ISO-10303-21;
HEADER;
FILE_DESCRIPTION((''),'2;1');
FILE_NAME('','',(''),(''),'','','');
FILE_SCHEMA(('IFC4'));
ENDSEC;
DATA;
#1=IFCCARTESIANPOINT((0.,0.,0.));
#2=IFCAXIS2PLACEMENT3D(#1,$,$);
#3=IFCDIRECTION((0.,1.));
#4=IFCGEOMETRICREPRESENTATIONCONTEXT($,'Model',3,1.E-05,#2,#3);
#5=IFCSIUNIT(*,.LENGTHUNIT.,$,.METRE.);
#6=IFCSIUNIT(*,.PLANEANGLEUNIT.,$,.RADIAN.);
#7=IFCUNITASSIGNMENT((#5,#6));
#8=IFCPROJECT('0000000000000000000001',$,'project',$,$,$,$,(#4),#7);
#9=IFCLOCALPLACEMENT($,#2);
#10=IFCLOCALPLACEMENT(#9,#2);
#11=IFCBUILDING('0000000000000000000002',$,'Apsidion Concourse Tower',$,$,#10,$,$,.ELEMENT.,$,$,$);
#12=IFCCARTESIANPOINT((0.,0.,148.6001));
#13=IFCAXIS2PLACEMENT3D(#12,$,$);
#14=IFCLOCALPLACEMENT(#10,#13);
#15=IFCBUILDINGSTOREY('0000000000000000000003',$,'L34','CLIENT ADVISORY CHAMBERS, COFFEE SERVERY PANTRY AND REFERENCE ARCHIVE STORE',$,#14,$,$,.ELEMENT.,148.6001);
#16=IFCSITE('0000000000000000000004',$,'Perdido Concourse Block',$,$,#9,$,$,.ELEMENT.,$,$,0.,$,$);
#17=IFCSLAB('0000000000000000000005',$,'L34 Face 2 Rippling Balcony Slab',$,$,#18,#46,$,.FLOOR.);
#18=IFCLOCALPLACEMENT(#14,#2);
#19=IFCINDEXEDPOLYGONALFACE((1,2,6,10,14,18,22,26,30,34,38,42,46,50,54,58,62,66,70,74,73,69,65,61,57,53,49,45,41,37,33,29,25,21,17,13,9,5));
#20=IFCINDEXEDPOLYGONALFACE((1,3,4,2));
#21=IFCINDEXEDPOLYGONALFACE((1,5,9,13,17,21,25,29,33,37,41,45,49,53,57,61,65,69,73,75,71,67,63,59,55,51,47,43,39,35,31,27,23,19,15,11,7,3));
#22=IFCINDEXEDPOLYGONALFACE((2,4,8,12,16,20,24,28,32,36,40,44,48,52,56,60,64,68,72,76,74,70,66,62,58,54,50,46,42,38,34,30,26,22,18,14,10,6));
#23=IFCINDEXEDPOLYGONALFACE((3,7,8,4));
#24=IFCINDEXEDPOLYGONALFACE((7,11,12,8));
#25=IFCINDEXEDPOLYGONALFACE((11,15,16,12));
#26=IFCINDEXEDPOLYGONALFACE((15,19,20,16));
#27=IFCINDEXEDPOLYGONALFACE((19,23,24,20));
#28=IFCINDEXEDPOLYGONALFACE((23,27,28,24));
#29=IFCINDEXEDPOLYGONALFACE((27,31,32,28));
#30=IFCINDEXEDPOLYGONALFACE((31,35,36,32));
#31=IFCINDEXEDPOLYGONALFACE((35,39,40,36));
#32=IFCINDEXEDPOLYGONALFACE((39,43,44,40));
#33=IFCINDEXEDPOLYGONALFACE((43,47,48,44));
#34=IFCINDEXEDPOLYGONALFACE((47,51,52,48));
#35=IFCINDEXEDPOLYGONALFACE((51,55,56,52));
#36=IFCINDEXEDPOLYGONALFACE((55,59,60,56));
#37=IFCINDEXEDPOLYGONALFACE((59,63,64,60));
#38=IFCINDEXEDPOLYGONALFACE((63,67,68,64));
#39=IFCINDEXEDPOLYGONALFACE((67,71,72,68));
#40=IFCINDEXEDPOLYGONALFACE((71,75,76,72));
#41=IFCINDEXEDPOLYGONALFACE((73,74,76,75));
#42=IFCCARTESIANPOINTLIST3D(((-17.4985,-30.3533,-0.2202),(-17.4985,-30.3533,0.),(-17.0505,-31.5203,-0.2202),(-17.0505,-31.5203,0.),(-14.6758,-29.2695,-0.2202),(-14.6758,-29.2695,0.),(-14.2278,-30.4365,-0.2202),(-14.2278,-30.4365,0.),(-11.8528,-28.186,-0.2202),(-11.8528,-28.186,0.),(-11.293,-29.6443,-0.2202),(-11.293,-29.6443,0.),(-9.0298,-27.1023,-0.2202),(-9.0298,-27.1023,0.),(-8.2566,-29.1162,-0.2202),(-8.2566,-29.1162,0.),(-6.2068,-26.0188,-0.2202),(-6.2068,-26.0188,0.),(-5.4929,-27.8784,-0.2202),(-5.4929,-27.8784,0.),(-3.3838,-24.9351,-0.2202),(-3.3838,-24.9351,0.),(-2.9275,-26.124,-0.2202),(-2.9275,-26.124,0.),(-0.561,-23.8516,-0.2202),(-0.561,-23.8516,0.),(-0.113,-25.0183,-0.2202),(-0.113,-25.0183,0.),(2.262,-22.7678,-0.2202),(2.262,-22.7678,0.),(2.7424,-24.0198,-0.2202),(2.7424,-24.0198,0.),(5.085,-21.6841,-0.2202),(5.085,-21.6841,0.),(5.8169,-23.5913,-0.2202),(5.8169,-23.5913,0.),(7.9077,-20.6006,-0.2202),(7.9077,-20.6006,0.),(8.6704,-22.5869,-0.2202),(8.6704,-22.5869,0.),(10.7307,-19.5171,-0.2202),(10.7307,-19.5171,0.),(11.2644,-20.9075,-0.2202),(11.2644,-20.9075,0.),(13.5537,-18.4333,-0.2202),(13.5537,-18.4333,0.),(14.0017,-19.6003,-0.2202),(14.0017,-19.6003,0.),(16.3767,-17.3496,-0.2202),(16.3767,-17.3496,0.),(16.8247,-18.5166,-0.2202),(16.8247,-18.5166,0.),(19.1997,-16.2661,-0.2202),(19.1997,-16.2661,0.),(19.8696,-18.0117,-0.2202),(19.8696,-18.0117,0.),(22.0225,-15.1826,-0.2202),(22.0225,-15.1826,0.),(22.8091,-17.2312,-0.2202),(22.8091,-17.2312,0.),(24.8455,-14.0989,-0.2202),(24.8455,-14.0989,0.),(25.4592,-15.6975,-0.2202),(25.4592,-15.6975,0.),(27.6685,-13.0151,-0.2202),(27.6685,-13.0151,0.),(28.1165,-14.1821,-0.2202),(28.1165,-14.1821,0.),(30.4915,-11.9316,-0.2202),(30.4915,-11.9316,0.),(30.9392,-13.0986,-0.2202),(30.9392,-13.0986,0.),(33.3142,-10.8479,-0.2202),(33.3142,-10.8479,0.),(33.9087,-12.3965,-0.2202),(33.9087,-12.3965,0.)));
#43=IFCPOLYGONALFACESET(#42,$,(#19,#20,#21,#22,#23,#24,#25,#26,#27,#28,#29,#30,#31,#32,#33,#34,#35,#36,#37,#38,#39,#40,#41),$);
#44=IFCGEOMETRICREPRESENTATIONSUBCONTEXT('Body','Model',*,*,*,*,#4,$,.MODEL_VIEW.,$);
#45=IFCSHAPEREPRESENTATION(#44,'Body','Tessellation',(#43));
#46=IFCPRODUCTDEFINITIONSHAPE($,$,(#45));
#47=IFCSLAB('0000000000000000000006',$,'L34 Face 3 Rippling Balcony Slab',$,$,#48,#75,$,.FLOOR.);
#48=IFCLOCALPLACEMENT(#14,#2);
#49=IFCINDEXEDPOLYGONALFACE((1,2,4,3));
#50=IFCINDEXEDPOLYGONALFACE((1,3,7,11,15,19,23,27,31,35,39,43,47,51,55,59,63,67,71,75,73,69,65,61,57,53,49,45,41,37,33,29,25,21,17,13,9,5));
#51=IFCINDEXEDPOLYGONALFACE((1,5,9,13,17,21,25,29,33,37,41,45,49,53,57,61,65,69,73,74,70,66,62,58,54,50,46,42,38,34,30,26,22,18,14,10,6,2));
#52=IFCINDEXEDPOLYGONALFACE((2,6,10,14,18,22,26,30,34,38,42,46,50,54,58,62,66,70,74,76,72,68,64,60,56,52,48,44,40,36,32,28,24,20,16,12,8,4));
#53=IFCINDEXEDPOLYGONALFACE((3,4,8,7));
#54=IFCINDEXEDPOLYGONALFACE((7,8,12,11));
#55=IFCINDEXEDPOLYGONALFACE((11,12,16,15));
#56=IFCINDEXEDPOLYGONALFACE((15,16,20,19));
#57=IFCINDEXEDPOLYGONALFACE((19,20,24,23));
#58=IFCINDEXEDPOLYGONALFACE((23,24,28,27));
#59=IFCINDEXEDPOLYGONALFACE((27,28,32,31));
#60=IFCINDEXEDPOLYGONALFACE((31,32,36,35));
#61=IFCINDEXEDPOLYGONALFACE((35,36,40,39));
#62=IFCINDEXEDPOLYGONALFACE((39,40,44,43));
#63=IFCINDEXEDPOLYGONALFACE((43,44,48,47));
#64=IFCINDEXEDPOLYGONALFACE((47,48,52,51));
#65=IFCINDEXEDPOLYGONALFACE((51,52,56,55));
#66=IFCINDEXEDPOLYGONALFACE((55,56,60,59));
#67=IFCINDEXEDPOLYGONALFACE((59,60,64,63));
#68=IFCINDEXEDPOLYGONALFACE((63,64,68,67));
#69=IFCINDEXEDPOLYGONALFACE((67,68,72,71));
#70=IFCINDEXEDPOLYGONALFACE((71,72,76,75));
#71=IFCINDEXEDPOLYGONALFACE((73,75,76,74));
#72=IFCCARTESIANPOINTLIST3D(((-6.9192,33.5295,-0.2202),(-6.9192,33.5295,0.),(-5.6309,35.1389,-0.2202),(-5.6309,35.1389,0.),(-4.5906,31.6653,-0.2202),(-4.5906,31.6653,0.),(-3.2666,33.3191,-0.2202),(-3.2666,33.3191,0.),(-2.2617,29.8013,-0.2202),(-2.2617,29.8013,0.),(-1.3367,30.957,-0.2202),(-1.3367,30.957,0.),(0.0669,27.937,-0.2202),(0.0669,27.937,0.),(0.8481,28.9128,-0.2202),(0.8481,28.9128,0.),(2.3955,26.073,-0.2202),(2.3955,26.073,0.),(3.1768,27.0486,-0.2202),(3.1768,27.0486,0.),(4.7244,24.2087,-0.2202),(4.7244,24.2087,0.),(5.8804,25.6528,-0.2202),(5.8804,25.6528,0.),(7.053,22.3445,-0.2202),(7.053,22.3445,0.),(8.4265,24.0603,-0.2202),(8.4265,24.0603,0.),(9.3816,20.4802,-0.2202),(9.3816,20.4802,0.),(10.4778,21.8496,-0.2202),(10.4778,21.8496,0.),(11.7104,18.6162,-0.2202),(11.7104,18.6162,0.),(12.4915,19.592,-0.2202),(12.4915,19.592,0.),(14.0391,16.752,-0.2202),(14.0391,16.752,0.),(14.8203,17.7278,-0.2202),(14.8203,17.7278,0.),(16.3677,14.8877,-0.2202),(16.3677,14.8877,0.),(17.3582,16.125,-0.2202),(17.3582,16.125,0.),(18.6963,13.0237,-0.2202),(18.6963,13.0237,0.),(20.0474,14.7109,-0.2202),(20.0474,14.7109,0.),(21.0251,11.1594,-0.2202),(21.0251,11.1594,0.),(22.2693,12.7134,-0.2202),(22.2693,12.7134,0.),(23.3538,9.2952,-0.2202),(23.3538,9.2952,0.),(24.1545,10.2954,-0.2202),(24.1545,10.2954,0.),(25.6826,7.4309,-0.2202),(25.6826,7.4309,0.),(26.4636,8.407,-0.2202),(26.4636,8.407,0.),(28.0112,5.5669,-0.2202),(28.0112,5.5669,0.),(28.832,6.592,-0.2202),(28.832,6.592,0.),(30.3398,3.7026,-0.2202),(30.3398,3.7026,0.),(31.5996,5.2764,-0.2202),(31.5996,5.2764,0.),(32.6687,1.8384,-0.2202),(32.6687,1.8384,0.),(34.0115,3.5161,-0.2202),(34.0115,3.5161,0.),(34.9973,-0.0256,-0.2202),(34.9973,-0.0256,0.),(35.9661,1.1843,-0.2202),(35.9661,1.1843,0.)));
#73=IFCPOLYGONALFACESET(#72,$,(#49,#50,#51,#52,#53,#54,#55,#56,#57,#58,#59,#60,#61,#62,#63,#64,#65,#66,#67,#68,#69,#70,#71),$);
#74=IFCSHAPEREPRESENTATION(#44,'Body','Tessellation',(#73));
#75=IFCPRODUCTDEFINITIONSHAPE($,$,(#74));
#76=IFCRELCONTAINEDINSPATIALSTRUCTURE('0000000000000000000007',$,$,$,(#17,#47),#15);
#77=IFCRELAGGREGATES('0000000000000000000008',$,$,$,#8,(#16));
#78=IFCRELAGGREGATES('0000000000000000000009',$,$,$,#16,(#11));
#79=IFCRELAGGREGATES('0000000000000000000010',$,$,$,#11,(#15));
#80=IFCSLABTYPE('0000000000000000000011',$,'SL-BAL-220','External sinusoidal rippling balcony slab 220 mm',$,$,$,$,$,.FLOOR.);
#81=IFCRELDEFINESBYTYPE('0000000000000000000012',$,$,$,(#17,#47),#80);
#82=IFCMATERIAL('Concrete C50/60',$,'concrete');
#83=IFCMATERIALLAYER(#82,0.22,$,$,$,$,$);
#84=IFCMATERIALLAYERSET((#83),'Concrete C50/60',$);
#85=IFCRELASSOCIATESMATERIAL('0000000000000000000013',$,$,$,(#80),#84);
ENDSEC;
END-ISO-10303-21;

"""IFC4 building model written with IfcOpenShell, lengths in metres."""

from ifc_helpers import new_model, si_unit, direction, frame, origin, place, context, subcontext, project, spatial, polyline, outline, extrude, material, layer, layer_set, type_object, element, save


model = new_model("IFC4")

# Units and contexts
model_context = context("Model", 3, precision=1e-05, world=origin(), true_north=direction((0.0, 1.0)))
body_context = subcontext(model_context, "Body", "Model", "MODEL_VIEW")
ifc_project = project(units=[si_unit("LENGTHUNIT", "METRE"), si_unit("PLANEANGLEUNIT", "RADIAN")], contexts=[model_context])

# Site, building, storey
site_placement = place(None, origin())
site = spatial("IfcSite", under=ifc_project, at=site_placement, Name="Perdido Concourse Block", CompositionType="ELEMENT", RefElevation=0.0)
building_placement = place(site_placement, origin())
building = spatial("IfcBuilding", under=site, at=building_placement, Name="Apsidion Concourse Tower", CompositionType="ELEMENT")
storey_placement = place(building_placement, frame((0.0, 0.0, 148.6001)))
storey = spatial("IfcBuildingStorey", under=building, at=storey_placement, Name="L34", Description="CLIENT ADVISORY CHAMBERS, COFFEE SERVERY PANTRY AND REFERENCE ARCHIVE STORE", CompositionType="ELEMENT", Elevation=148.6001)

# Shared definitions
ifc_material_1 = material(Name="Concrete C50/60", Category="concrete")

# Slabs
ifc_layer_1 = layer(ifc_material_1, 0.22)
ifc_layer_set_1 = layer_set([ifc_layer_1], Name="Concrete C50/60")
slab_type_1 = type_object("IfcSlabType", Name="SL-BAL-220", Description="External sinusoidal rippling balcony slab 220 mm", PredefinedType="FLOOR", material=ifc_layer_set_1)
slab_1_placement = place(storey_placement, frame((0.0, 0.0, -0.2202)))
element("IfcSlab", 1, at=slab_1_placement, inside=storey, type_object=slab_type_1, Name="L34 Face 2 Rippling Balcony Slab", PredefinedType="FLOOR", context=body_context, shape_type="SweptSolid", body=[
    extrude(outline(polyline([(-17.4985, -30.3533), (-14.6758, -29.2695), (-11.8528, -28.186), (-9.0298, -27.1023), (-6.2068, -26.0188), (-3.3838, -24.9351), (-0.561, -23.8516), (2.262, -22.7678), (5.085, -21.6841), (7.9077, -20.6006), (10.7307, -19.5171), (13.5537, -18.4333), (16.3767, -17.3496), (19.1997, -16.2661), (22.0225, -15.1826), (24.8455, -14.0989), (27.6685, -13.0151), (30.4915, -11.9316), (33.3142, -10.8479), (33.9087, -12.3965), (30.9392, -13.0986), (28.1165, -14.1821), (25.4592, -15.6975), (22.8091, -17.2312), (19.8696, -18.0117), (16.8247, -18.5166), (14.0017, -19.6003), (11.2644, -20.9075), (8.6704, -22.5869), (5.8169, -23.5913), (2.7424, -24.0198), (-0.113, -25.0183), (-2.9275, -26.124), (-5.4929, -27.8784), (-8.2566, -29.1162), (-11.293, -29.6443), (-14.2278, -30.4365), (-17.0505, -31.5203), (-17.4985, -30.3533)])), origin(), (0.0, 0.0, 1.0), 0.2202),
])
slab_2_placement = place(storey_placement, frame((0.0, 0.0, -0.2202)))
element("IfcSlab", 2, at=slab_2_placement, inside=storey, type_object=slab_type_1, Name="L34 Face 3 Rippling Balcony Slab", PredefinedType="FLOOR", context=body_context, shape_type="SweptSolid", body=[
    extrude(outline(polyline([(34.9973, -0.0256), (32.6687, 1.8384), (30.3398, 3.7026), (28.0112, 5.5669), (25.6826, 7.4309), (23.3538, 9.2952), (21.0251, 11.1594), (18.6963, 13.0237), (16.3677, 14.8877), (14.0391, 16.752), (11.7104, 18.6162), (9.3816, 20.4802), (7.053, 22.3445), (4.7244, 24.2087), (2.3955, 26.073), (0.0669, 27.937), (-2.2617, 29.8013), (-4.5906, 31.6653), (-6.9192, 33.5295), (-5.6309, 35.1389), (-3.2666, 33.3191), (-1.3367, 30.957), (0.8481, 28.9128), (3.1768, 27.0486), (5.8804, 25.6528), (8.4265, 24.0603), (10.4778, 21.8496), (12.4915, 19.592), (14.8203, 17.7278), (17.3582, 16.125), (20.0474, 14.7109), (22.2693, 12.7134), (24.1545, 10.2954), (26.4636, 8.407), (28.832, 6.592), (31.5996, 5.2764), (34.0115, 3.5161), (35.9661, 1.1843), (34.9973, -0.0256)])), origin(), (0.0, 0.0, 1.0), 0.2202),
])

save(model, "model.ifc")
